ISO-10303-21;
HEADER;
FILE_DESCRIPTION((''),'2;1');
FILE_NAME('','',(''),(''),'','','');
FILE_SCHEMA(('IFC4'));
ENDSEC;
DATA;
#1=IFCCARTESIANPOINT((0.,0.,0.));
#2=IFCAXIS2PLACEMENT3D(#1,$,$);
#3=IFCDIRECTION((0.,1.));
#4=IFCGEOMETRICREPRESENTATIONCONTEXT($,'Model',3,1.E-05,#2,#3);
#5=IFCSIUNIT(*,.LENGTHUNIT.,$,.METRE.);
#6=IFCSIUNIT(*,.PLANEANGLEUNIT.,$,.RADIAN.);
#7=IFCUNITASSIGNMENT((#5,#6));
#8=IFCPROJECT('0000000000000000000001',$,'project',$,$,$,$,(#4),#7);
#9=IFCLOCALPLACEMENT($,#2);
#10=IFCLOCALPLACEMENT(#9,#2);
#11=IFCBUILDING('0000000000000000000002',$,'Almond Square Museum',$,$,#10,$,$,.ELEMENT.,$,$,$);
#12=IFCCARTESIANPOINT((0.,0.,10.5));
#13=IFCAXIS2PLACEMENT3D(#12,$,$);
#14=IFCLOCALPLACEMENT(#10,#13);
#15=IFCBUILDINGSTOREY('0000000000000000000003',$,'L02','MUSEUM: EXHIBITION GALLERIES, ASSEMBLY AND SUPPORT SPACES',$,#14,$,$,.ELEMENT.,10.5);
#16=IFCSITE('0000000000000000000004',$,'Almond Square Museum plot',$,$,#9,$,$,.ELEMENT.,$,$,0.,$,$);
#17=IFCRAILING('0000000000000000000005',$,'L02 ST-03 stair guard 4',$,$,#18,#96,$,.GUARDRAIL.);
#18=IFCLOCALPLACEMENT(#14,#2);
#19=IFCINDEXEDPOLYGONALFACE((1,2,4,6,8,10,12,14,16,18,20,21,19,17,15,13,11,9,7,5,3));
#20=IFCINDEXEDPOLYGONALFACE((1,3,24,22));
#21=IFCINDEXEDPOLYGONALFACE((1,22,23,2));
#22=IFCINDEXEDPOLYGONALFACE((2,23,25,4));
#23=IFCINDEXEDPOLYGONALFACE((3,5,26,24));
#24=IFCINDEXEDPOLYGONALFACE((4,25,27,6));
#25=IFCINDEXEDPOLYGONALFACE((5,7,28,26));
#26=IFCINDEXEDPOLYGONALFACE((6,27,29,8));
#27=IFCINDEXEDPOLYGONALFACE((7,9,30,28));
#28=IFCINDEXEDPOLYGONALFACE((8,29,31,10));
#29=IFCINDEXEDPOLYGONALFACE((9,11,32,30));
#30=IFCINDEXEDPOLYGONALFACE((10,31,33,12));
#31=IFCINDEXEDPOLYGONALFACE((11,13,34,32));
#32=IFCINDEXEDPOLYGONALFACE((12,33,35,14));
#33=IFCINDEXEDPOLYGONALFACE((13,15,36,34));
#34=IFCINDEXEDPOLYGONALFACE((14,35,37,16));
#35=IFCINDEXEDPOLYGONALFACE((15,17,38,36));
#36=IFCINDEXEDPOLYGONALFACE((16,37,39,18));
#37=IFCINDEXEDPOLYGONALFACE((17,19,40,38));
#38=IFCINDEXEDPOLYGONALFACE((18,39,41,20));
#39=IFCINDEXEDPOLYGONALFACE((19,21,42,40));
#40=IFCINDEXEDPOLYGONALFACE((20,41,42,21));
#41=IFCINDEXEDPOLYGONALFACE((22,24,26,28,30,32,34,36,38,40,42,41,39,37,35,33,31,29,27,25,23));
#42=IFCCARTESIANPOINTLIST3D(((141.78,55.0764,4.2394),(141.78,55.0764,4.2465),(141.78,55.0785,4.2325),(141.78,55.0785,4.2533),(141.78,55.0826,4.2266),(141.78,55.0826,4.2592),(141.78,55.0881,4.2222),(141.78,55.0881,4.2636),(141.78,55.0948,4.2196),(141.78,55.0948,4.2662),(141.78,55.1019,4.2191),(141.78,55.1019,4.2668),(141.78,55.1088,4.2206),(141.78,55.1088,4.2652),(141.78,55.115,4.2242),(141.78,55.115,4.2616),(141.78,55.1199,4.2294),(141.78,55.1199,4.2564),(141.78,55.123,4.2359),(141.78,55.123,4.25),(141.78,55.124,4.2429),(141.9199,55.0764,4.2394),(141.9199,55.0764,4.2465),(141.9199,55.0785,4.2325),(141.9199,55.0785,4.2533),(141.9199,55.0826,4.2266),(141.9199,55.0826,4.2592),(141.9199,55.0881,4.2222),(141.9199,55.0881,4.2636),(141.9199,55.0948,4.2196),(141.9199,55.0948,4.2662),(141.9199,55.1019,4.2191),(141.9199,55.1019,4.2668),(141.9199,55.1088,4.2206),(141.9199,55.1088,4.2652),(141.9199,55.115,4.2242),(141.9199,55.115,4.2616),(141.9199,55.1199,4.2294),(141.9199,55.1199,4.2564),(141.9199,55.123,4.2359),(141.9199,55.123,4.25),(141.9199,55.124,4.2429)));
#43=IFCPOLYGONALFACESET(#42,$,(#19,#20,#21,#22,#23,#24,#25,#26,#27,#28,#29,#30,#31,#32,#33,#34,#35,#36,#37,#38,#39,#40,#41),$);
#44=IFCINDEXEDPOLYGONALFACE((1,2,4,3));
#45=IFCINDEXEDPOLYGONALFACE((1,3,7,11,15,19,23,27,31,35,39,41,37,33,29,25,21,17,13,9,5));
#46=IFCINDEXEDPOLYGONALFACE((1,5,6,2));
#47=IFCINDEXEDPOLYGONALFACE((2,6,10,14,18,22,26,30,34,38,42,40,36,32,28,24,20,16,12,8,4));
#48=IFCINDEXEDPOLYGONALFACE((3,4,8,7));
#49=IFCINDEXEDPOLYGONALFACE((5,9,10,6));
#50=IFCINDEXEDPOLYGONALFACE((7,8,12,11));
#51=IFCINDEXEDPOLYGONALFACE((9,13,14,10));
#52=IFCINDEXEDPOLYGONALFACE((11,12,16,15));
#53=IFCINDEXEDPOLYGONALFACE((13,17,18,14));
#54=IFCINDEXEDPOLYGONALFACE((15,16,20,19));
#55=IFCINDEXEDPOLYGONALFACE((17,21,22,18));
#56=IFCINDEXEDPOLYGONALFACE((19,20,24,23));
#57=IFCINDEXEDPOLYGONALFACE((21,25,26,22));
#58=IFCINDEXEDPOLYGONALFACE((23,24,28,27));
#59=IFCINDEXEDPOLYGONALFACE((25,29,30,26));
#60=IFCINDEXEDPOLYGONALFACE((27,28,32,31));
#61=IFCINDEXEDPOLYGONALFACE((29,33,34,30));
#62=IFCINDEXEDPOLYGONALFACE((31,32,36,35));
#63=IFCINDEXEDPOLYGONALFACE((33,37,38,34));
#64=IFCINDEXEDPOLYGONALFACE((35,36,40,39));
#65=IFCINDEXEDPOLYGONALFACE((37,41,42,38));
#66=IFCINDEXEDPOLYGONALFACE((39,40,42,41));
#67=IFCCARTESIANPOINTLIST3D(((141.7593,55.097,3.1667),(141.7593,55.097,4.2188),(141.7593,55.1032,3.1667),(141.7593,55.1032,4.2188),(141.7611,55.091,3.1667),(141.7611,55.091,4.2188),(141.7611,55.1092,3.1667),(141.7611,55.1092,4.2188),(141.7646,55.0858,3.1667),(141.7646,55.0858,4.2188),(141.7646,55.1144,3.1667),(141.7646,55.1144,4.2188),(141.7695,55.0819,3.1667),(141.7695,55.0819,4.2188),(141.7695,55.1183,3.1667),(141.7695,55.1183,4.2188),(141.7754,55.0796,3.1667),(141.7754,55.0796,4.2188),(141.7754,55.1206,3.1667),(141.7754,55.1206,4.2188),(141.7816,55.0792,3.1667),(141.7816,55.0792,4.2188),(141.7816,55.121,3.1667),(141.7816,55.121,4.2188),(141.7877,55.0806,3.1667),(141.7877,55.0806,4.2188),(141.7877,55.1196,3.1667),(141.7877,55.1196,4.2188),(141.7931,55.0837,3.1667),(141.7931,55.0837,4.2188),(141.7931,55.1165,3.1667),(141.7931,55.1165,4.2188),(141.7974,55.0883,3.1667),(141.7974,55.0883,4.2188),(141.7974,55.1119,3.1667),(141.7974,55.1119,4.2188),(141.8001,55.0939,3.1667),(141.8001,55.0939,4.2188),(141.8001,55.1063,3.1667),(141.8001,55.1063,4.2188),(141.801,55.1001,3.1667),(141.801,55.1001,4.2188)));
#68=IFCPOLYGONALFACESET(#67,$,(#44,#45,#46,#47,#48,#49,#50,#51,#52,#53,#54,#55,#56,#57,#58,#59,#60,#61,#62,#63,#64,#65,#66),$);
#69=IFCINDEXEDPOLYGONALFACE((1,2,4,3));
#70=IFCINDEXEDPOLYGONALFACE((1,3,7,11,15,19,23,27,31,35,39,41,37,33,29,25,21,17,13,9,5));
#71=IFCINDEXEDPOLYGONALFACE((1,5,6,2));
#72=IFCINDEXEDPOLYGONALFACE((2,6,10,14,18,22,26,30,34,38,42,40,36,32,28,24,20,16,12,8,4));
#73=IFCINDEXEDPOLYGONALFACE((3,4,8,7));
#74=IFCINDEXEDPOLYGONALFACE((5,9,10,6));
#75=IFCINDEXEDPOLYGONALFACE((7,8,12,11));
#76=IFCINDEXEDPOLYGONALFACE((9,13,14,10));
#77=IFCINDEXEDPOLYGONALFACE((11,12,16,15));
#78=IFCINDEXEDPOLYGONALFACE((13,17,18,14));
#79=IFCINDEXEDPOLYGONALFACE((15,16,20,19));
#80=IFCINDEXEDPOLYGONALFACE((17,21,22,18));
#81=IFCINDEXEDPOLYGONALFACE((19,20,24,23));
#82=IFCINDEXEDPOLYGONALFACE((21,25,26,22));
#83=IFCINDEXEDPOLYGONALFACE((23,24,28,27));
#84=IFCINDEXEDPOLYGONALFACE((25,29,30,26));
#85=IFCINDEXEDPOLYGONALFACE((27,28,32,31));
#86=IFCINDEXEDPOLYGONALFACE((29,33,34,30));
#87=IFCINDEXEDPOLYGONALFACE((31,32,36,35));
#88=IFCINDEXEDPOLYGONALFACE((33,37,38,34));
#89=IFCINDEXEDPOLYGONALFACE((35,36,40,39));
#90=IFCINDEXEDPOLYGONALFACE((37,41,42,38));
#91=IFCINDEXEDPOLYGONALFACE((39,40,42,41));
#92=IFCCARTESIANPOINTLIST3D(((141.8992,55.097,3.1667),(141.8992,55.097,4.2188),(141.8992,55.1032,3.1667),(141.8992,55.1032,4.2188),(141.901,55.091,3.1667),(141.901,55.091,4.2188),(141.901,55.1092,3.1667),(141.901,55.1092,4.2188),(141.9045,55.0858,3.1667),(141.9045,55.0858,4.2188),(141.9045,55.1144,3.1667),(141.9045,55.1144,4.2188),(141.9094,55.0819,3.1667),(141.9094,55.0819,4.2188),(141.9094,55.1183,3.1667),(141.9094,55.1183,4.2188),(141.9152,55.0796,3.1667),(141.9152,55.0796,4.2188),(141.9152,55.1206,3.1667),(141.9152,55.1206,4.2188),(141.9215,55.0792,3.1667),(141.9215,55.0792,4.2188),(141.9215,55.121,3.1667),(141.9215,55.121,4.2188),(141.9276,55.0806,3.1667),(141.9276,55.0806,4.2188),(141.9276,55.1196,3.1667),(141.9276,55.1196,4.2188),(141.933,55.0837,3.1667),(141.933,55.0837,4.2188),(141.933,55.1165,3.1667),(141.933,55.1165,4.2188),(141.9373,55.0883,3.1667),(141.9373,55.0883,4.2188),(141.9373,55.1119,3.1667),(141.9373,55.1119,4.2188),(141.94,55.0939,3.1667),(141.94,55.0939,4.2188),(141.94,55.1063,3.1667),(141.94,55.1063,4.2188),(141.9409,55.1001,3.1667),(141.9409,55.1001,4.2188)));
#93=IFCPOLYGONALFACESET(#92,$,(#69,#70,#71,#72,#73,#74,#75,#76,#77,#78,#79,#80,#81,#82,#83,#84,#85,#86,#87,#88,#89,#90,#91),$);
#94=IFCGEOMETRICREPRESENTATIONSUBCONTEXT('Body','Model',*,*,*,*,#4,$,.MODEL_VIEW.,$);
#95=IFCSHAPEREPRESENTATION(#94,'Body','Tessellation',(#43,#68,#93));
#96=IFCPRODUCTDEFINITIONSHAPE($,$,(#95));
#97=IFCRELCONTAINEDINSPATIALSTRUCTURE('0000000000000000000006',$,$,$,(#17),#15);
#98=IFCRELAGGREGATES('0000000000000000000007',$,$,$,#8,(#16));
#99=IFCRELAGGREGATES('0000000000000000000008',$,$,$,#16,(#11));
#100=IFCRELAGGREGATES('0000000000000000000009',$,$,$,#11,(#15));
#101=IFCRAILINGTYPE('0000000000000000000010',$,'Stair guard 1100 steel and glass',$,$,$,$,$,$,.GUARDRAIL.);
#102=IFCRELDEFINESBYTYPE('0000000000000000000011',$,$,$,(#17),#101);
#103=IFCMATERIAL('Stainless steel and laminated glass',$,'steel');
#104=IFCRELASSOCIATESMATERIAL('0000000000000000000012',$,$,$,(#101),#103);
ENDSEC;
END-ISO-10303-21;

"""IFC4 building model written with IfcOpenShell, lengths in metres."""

from ifc_helpers import new_model, si_unit, direction, frame, origin, origin_2d, place, context, subcontext, project, spatial, circle, extrude, material, type_object, element, save


model = new_model("IFC4")

# Units and contexts
model_context = context("Model", 3, precision=1e-05, world=origin(), true_north=direction((0.0, 1.0)))
body_context = subcontext(model_context, "Body", "Model", "MODEL_VIEW")
ifc_project = project(units=[si_unit("LENGTHUNIT", "METRE"), si_unit("PLANEANGLEUNIT", "RADIAN")], contexts=[model_context])

# Site, building, storey
site_placement = place(None, origin())
site = spatial("IfcSite", under=ifc_project, at=site_placement, Name="Almond Square Museum plot", CompositionType="ELEMENT", RefElevation=0.0)
building_placement = place(site_placement, origin())
building = spatial("IfcBuilding", under=site, at=building_placement, Name="Almond Square Museum", CompositionType="ELEMENT")
storey_placement = place(building_placement, frame((0.0, 0.0, 10.5)))
storey = spatial("IfcBuildingStorey", under=building, at=storey_placement, Name="L02", Description="MUSEUM: EXHIBITION GALLERIES, ASSEMBLY AND SUPPORT SPACES", CompositionType="ELEMENT", Elevation=10.5)

# Railing
ifc_material_1 = material(Name="Stainless steel and laminated glass", Category="steel")
railing_type_1 = type_object("IfcRailingType", Name="Stair guard 1100 steel and glass", PredefinedType="GUARDRAIL", material=ifc_material_1)
railing_1_placement = place(storey_placement, frame((141.78, 55.1001, 3.1667)))
element("IfcRailing", 1, at=railing_1_placement, inside=storey, type_object=railing_type_1, Name="L02 ST-03 stair guard 4", PredefinedType="GUARDRAIL", context=body_context, shape_type="SweptSolid", body=[
    extrude(circle(Radius=0.0239, at=origin_2d()), frame((0.0, 0.0, 1.0762), z_axis=(1.0, 0.0, 0.0), x_axis=(0.0, 1.0, 0.0)), (0.0, 0.0, 1.0), 0.1399),
    extrude(circle(Radius=0.021, at=origin_2d()), origin(), (0.0, 0.0, 1.0), 1.052),
    extrude(circle(Radius=0.021, at=origin_2d()), frame((0.1399, 0.0, 0.0)), (0.0, 0.0, 1.0), 1.052),
])

save(model, "model.ifc")
